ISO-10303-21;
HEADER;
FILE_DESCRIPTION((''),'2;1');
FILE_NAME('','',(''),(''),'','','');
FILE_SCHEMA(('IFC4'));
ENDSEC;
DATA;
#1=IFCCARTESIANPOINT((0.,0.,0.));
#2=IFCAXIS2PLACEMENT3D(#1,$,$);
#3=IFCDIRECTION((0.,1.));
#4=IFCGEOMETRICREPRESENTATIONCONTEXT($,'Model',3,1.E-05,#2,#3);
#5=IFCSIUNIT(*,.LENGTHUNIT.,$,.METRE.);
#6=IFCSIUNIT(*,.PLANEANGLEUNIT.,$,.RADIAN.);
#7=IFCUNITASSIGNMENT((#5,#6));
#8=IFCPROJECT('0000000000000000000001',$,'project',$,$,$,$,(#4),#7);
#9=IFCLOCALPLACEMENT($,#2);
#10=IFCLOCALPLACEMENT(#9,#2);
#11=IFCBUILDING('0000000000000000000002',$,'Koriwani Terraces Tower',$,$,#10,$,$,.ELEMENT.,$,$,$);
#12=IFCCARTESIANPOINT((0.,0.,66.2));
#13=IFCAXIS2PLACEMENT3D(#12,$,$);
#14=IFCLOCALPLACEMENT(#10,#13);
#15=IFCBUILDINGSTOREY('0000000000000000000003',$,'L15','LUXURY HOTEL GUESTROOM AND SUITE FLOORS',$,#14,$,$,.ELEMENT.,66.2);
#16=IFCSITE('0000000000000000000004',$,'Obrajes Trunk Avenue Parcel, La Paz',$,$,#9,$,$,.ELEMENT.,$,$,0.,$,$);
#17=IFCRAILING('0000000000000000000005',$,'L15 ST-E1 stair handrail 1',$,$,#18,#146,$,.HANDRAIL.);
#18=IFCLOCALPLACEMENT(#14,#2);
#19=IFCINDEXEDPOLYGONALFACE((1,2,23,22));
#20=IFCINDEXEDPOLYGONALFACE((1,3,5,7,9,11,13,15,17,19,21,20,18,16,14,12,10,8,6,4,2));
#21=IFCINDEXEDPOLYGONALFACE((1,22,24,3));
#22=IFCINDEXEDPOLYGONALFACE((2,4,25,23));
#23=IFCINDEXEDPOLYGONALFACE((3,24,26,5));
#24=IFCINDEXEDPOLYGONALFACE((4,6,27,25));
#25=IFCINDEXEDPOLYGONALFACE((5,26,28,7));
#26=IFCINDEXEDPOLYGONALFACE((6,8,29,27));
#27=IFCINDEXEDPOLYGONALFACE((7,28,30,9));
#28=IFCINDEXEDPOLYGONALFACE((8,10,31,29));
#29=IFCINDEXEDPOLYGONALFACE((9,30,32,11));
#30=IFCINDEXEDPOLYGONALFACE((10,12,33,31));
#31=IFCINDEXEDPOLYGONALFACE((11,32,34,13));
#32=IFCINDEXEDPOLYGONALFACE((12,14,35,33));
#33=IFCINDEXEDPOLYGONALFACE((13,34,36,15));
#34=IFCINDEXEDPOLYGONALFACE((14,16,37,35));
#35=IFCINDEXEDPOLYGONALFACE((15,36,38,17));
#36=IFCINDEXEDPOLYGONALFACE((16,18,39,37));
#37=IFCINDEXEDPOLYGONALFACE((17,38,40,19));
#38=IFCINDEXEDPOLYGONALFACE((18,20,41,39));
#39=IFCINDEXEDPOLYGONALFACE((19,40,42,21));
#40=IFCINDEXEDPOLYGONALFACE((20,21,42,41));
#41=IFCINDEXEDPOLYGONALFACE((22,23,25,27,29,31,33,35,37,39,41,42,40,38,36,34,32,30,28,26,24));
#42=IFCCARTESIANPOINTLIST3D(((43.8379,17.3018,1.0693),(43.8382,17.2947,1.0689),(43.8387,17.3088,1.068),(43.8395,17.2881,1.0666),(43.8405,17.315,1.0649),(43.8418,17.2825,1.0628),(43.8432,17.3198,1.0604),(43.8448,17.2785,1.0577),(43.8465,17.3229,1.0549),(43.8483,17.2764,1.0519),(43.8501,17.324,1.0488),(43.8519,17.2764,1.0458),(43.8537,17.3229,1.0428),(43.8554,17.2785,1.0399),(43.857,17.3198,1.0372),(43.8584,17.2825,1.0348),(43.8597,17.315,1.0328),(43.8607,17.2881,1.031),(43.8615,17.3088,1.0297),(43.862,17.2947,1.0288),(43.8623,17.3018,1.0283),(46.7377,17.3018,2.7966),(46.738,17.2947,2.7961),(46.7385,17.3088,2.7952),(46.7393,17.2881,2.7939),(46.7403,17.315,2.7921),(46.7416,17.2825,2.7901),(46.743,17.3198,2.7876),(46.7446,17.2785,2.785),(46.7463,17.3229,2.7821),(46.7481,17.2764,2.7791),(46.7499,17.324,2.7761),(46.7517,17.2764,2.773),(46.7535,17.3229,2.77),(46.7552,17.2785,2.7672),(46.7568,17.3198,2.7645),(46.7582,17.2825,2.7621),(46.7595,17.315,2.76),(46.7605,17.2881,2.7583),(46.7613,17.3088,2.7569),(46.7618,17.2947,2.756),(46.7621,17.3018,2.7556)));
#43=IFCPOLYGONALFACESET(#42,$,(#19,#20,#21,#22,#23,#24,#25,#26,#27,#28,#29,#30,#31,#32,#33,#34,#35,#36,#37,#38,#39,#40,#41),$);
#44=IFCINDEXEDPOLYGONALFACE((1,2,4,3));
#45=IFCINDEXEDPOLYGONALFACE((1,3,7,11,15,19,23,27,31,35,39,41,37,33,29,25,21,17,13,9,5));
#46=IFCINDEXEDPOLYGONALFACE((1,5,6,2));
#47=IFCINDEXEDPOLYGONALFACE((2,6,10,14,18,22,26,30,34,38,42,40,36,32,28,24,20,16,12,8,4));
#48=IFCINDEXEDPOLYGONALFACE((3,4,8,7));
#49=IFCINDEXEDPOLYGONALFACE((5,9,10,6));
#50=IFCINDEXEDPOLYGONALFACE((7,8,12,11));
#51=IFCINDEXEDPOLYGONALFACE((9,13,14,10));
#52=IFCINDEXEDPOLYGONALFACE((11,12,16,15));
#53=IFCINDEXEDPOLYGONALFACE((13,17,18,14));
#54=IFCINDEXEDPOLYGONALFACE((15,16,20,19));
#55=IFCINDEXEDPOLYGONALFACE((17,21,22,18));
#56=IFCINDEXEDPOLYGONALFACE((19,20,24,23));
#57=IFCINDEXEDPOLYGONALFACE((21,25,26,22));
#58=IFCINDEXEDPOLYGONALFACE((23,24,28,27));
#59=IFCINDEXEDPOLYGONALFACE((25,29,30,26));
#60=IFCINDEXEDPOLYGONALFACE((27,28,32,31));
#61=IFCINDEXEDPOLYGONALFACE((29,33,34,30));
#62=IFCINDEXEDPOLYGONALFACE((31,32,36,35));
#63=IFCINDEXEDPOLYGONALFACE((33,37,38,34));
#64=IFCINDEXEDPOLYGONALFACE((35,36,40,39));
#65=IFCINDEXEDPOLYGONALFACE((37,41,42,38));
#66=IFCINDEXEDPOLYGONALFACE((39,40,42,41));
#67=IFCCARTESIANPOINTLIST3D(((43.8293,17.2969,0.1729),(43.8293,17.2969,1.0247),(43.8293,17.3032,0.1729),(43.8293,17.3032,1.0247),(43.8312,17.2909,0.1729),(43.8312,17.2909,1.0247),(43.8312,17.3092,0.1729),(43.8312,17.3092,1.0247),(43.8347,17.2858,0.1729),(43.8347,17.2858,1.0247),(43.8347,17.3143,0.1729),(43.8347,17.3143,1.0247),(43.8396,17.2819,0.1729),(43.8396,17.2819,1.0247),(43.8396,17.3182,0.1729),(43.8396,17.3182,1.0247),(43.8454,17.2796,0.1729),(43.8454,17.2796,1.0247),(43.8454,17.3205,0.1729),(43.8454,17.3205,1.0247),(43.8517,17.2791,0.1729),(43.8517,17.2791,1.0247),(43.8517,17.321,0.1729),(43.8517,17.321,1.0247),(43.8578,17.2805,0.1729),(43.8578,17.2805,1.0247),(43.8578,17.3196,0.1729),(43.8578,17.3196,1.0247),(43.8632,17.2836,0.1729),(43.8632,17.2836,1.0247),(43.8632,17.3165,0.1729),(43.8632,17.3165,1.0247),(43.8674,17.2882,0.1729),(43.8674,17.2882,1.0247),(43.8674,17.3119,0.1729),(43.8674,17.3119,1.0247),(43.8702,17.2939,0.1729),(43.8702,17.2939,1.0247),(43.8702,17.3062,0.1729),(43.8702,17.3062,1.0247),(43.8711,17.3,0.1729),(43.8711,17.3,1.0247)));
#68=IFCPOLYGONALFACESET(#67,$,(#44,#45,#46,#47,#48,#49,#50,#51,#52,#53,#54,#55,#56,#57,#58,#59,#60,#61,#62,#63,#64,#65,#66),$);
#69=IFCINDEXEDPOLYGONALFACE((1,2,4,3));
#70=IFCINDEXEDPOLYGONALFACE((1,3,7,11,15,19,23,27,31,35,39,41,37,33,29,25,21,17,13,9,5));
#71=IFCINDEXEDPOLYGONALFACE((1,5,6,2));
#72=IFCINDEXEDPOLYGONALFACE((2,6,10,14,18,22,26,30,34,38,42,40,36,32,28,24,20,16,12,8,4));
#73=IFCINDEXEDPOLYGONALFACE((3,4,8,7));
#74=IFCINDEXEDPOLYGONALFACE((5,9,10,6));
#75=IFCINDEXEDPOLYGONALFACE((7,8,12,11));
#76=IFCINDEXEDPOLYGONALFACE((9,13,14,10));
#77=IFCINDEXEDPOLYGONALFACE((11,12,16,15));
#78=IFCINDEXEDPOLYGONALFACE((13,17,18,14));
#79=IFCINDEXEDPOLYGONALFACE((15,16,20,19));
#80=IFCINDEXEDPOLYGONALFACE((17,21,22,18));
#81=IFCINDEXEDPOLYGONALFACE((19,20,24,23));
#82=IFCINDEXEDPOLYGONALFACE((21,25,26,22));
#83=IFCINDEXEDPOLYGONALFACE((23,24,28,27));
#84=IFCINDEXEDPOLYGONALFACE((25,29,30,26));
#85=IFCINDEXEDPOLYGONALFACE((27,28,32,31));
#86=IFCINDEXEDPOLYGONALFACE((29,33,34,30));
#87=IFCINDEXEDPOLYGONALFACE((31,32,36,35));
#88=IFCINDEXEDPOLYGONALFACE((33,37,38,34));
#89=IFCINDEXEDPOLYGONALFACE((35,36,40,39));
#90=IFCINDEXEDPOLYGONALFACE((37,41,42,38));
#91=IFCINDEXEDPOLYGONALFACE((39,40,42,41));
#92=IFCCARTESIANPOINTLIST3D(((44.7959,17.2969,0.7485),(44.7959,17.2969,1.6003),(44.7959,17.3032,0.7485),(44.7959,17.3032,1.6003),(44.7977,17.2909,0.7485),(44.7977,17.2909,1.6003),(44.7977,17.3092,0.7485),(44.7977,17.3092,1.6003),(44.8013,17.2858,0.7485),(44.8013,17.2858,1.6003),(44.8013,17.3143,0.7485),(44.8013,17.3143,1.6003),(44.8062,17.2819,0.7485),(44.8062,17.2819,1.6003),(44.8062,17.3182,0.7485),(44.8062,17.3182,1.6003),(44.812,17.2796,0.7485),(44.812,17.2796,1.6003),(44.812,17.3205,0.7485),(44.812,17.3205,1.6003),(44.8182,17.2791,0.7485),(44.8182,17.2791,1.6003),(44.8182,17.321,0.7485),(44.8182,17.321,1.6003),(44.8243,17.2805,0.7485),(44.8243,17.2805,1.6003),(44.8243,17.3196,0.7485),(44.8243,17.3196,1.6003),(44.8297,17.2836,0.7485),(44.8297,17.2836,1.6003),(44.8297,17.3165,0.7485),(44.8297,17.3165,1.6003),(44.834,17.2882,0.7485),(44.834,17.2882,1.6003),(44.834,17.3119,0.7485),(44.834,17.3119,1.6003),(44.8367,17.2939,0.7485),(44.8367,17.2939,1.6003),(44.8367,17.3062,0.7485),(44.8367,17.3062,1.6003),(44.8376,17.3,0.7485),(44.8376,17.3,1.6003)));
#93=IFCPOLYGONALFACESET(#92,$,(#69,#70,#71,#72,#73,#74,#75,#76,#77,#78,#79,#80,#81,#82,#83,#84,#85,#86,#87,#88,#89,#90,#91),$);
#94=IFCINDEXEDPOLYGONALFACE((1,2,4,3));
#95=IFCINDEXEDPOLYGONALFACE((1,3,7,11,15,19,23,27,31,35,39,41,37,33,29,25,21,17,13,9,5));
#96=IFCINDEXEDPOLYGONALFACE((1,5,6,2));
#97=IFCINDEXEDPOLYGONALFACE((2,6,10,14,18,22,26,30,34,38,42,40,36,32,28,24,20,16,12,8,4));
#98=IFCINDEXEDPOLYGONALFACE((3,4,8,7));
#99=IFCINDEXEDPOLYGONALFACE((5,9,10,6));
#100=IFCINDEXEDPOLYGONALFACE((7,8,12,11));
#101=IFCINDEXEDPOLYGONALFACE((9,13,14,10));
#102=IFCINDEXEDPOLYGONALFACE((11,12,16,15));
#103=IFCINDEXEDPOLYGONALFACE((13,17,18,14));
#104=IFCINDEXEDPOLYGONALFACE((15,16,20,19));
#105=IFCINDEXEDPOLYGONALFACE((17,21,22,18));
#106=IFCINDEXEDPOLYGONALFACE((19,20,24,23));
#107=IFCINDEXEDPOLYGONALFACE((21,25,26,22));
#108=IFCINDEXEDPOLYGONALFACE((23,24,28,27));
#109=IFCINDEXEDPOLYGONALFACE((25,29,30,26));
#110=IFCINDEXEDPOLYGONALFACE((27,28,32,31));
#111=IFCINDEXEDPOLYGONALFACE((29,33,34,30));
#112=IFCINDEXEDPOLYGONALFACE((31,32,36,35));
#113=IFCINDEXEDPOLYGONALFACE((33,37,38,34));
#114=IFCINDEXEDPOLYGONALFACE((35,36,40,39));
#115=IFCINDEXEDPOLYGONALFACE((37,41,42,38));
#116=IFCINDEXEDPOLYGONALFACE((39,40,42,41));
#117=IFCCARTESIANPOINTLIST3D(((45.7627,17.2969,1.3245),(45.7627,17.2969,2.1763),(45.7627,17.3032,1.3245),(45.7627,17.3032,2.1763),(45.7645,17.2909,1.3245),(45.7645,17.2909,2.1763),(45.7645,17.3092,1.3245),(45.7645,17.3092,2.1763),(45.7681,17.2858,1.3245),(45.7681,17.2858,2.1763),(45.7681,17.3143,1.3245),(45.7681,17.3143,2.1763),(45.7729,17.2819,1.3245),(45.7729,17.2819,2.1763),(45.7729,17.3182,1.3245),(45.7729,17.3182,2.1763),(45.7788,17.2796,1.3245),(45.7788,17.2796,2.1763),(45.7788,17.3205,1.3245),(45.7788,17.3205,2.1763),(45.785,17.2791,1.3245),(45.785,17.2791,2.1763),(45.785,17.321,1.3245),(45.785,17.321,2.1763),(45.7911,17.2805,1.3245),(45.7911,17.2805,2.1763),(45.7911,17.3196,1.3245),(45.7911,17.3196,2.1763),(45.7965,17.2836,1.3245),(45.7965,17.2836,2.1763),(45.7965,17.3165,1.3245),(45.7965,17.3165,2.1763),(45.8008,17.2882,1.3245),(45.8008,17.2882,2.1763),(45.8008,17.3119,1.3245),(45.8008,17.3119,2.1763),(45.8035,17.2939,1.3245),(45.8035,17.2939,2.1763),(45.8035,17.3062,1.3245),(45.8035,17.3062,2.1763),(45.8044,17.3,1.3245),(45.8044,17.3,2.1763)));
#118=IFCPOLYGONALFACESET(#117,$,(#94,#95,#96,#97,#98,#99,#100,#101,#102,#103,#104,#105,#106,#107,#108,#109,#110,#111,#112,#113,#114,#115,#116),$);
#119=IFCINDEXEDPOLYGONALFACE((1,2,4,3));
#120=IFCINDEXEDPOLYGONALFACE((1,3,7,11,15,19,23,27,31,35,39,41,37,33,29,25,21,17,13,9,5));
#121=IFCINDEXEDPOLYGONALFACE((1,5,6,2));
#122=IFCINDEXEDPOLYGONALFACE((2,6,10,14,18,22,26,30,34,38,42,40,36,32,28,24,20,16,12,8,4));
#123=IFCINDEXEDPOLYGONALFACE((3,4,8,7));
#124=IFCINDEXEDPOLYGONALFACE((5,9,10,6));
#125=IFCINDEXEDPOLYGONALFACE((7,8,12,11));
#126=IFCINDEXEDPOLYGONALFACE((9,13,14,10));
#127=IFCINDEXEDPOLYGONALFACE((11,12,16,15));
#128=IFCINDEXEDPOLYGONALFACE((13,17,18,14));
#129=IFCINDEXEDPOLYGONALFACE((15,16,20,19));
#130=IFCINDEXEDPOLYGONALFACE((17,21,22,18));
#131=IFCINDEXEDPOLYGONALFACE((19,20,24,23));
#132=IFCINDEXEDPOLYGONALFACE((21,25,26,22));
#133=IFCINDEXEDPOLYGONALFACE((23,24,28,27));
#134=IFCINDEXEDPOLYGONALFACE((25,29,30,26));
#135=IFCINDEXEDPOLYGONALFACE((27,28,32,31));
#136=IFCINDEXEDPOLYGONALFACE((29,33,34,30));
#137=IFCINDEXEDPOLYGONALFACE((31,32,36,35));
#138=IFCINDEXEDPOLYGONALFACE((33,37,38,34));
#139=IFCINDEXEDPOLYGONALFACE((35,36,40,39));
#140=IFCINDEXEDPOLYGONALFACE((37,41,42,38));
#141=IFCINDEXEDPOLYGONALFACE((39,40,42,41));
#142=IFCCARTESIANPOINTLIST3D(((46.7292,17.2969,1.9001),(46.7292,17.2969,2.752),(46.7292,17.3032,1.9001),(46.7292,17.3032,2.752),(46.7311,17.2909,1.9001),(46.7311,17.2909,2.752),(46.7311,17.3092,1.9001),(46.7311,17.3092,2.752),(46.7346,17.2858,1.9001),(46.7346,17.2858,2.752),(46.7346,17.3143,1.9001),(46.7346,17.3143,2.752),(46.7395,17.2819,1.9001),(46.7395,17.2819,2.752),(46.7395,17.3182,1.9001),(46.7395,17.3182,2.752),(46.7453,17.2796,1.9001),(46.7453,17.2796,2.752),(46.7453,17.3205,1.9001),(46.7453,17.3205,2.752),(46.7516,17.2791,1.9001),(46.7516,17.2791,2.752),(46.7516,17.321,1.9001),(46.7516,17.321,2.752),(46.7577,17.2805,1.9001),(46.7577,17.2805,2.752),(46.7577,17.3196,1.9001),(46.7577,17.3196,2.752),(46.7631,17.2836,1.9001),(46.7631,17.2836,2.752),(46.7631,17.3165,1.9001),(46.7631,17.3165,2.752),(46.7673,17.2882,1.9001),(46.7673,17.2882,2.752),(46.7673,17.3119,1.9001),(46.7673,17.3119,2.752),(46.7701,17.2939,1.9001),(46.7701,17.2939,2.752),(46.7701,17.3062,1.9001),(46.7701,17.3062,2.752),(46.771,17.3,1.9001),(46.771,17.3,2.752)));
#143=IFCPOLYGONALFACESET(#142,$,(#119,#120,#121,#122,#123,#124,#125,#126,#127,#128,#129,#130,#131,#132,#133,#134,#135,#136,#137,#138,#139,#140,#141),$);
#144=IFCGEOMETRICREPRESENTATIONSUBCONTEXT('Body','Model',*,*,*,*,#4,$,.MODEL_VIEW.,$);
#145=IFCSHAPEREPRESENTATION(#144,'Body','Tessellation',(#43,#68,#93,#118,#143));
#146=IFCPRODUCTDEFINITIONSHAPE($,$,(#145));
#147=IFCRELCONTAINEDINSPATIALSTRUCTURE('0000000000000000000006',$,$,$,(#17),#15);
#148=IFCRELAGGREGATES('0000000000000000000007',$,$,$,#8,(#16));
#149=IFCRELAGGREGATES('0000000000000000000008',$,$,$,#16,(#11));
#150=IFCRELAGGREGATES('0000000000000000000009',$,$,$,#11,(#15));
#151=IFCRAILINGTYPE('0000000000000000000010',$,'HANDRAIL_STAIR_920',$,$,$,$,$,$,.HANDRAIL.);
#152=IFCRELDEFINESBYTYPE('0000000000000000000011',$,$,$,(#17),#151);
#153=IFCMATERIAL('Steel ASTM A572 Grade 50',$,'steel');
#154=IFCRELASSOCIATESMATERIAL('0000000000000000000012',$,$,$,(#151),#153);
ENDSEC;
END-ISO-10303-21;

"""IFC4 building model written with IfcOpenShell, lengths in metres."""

from ifc_helpers import new_model, si_unit, direction, frame, origin, origin_2d, place, context, subcontext, project, spatial, circle, extrude, material, type_object, element, save


model = new_model("IFC4")

# Units and contexts
model_context = context("Model", 3, precision=1e-05, world=origin(), true_north=direction((0.0, 1.0)))
body_context = subcontext(model_context, "Body", "Model", "MODEL_VIEW")
ifc_project = project(units=[si_unit("LENGTHUNIT", "METRE"), si_unit("PLANEANGLEUNIT", "RADIAN")], contexts=[model_context])

# Site, building, storey
site_placement = place(None, origin())
site = spatial("IfcSite", under=ifc_project, at=site_placement, Name="Obrajes Trunk Avenue Parcel, La Paz", CompositionType="ELEMENT", RefElevation=0.0)
building_placement = place(site_placement, origin())
building = spatial("IfcBuilding", under=site, at=building_placement, Name="Koriwani Terraces Tower", CompositionType="ELEMENT")
storey_placement = place(building_placement, frame((0.0, 0.0, 66.2)))
storey = spatial("IfcBuildingStorey", under=building, at=storey_placement, Name="L15", Description="LUXURY HOTEL GUESTROOM AND SUITE FLOORS", CompositionType="ELEMENT", Elevation=66.2)

# Shared definitions
ifc_material_1 = material(Name="Steel ASTM A572 Grade 50", Category="steel")

# Railing
railing_type = type_object("IfcRailingType", Name="HANDRAIL_STAIR_920", PredefinedType="HANDRAIL", material=ifc_material_1)
railing_placement = place(storey_placement, frame((43.8501, 17.3, 0.1729)))
element("IfcRailing", 1, at=railing_placement, inside=storey, type_object=railing_type, Name="L15 ST-E1 stair handrail 1", PredefinedType="HANDRAIL", context=body_context, shape_type="SweptSolid", body=[
    extrude(circle(Radius=0.0239, at=origin_2d()), frame((0.0, 0.0, 0.876), z_axis=(0.859141, 0.0, 0.511738), x_axis=(0.0, 1.0, 0.0)), (0.0, 0.0, 1.0), 3.3752),
    extrude(circle(Radius=0.021, at=origin_2d()), origin(), (0.0, 0.0, 1.0), 0.8518),
    extrude(circle(Radius=0.021, at=origin_2d()), frame((0.9666, 0.0, 0.5757)), (0.0, 0.0, 1.0), 0.8518),
    extrude(circle(Radius=0.021, at=origin_2d()), frame((1.9333, 0.0, 1.1516)), (0.0, 0.0, 1.0), 0.8518),
    extrude(circle(Radius=0.021, at=origin_2d()), frame((2.8999, 0.0, 1.7273)), (0.0, 0.0, 1.0), 0.8518),
])

save(model, "model.ifc")
